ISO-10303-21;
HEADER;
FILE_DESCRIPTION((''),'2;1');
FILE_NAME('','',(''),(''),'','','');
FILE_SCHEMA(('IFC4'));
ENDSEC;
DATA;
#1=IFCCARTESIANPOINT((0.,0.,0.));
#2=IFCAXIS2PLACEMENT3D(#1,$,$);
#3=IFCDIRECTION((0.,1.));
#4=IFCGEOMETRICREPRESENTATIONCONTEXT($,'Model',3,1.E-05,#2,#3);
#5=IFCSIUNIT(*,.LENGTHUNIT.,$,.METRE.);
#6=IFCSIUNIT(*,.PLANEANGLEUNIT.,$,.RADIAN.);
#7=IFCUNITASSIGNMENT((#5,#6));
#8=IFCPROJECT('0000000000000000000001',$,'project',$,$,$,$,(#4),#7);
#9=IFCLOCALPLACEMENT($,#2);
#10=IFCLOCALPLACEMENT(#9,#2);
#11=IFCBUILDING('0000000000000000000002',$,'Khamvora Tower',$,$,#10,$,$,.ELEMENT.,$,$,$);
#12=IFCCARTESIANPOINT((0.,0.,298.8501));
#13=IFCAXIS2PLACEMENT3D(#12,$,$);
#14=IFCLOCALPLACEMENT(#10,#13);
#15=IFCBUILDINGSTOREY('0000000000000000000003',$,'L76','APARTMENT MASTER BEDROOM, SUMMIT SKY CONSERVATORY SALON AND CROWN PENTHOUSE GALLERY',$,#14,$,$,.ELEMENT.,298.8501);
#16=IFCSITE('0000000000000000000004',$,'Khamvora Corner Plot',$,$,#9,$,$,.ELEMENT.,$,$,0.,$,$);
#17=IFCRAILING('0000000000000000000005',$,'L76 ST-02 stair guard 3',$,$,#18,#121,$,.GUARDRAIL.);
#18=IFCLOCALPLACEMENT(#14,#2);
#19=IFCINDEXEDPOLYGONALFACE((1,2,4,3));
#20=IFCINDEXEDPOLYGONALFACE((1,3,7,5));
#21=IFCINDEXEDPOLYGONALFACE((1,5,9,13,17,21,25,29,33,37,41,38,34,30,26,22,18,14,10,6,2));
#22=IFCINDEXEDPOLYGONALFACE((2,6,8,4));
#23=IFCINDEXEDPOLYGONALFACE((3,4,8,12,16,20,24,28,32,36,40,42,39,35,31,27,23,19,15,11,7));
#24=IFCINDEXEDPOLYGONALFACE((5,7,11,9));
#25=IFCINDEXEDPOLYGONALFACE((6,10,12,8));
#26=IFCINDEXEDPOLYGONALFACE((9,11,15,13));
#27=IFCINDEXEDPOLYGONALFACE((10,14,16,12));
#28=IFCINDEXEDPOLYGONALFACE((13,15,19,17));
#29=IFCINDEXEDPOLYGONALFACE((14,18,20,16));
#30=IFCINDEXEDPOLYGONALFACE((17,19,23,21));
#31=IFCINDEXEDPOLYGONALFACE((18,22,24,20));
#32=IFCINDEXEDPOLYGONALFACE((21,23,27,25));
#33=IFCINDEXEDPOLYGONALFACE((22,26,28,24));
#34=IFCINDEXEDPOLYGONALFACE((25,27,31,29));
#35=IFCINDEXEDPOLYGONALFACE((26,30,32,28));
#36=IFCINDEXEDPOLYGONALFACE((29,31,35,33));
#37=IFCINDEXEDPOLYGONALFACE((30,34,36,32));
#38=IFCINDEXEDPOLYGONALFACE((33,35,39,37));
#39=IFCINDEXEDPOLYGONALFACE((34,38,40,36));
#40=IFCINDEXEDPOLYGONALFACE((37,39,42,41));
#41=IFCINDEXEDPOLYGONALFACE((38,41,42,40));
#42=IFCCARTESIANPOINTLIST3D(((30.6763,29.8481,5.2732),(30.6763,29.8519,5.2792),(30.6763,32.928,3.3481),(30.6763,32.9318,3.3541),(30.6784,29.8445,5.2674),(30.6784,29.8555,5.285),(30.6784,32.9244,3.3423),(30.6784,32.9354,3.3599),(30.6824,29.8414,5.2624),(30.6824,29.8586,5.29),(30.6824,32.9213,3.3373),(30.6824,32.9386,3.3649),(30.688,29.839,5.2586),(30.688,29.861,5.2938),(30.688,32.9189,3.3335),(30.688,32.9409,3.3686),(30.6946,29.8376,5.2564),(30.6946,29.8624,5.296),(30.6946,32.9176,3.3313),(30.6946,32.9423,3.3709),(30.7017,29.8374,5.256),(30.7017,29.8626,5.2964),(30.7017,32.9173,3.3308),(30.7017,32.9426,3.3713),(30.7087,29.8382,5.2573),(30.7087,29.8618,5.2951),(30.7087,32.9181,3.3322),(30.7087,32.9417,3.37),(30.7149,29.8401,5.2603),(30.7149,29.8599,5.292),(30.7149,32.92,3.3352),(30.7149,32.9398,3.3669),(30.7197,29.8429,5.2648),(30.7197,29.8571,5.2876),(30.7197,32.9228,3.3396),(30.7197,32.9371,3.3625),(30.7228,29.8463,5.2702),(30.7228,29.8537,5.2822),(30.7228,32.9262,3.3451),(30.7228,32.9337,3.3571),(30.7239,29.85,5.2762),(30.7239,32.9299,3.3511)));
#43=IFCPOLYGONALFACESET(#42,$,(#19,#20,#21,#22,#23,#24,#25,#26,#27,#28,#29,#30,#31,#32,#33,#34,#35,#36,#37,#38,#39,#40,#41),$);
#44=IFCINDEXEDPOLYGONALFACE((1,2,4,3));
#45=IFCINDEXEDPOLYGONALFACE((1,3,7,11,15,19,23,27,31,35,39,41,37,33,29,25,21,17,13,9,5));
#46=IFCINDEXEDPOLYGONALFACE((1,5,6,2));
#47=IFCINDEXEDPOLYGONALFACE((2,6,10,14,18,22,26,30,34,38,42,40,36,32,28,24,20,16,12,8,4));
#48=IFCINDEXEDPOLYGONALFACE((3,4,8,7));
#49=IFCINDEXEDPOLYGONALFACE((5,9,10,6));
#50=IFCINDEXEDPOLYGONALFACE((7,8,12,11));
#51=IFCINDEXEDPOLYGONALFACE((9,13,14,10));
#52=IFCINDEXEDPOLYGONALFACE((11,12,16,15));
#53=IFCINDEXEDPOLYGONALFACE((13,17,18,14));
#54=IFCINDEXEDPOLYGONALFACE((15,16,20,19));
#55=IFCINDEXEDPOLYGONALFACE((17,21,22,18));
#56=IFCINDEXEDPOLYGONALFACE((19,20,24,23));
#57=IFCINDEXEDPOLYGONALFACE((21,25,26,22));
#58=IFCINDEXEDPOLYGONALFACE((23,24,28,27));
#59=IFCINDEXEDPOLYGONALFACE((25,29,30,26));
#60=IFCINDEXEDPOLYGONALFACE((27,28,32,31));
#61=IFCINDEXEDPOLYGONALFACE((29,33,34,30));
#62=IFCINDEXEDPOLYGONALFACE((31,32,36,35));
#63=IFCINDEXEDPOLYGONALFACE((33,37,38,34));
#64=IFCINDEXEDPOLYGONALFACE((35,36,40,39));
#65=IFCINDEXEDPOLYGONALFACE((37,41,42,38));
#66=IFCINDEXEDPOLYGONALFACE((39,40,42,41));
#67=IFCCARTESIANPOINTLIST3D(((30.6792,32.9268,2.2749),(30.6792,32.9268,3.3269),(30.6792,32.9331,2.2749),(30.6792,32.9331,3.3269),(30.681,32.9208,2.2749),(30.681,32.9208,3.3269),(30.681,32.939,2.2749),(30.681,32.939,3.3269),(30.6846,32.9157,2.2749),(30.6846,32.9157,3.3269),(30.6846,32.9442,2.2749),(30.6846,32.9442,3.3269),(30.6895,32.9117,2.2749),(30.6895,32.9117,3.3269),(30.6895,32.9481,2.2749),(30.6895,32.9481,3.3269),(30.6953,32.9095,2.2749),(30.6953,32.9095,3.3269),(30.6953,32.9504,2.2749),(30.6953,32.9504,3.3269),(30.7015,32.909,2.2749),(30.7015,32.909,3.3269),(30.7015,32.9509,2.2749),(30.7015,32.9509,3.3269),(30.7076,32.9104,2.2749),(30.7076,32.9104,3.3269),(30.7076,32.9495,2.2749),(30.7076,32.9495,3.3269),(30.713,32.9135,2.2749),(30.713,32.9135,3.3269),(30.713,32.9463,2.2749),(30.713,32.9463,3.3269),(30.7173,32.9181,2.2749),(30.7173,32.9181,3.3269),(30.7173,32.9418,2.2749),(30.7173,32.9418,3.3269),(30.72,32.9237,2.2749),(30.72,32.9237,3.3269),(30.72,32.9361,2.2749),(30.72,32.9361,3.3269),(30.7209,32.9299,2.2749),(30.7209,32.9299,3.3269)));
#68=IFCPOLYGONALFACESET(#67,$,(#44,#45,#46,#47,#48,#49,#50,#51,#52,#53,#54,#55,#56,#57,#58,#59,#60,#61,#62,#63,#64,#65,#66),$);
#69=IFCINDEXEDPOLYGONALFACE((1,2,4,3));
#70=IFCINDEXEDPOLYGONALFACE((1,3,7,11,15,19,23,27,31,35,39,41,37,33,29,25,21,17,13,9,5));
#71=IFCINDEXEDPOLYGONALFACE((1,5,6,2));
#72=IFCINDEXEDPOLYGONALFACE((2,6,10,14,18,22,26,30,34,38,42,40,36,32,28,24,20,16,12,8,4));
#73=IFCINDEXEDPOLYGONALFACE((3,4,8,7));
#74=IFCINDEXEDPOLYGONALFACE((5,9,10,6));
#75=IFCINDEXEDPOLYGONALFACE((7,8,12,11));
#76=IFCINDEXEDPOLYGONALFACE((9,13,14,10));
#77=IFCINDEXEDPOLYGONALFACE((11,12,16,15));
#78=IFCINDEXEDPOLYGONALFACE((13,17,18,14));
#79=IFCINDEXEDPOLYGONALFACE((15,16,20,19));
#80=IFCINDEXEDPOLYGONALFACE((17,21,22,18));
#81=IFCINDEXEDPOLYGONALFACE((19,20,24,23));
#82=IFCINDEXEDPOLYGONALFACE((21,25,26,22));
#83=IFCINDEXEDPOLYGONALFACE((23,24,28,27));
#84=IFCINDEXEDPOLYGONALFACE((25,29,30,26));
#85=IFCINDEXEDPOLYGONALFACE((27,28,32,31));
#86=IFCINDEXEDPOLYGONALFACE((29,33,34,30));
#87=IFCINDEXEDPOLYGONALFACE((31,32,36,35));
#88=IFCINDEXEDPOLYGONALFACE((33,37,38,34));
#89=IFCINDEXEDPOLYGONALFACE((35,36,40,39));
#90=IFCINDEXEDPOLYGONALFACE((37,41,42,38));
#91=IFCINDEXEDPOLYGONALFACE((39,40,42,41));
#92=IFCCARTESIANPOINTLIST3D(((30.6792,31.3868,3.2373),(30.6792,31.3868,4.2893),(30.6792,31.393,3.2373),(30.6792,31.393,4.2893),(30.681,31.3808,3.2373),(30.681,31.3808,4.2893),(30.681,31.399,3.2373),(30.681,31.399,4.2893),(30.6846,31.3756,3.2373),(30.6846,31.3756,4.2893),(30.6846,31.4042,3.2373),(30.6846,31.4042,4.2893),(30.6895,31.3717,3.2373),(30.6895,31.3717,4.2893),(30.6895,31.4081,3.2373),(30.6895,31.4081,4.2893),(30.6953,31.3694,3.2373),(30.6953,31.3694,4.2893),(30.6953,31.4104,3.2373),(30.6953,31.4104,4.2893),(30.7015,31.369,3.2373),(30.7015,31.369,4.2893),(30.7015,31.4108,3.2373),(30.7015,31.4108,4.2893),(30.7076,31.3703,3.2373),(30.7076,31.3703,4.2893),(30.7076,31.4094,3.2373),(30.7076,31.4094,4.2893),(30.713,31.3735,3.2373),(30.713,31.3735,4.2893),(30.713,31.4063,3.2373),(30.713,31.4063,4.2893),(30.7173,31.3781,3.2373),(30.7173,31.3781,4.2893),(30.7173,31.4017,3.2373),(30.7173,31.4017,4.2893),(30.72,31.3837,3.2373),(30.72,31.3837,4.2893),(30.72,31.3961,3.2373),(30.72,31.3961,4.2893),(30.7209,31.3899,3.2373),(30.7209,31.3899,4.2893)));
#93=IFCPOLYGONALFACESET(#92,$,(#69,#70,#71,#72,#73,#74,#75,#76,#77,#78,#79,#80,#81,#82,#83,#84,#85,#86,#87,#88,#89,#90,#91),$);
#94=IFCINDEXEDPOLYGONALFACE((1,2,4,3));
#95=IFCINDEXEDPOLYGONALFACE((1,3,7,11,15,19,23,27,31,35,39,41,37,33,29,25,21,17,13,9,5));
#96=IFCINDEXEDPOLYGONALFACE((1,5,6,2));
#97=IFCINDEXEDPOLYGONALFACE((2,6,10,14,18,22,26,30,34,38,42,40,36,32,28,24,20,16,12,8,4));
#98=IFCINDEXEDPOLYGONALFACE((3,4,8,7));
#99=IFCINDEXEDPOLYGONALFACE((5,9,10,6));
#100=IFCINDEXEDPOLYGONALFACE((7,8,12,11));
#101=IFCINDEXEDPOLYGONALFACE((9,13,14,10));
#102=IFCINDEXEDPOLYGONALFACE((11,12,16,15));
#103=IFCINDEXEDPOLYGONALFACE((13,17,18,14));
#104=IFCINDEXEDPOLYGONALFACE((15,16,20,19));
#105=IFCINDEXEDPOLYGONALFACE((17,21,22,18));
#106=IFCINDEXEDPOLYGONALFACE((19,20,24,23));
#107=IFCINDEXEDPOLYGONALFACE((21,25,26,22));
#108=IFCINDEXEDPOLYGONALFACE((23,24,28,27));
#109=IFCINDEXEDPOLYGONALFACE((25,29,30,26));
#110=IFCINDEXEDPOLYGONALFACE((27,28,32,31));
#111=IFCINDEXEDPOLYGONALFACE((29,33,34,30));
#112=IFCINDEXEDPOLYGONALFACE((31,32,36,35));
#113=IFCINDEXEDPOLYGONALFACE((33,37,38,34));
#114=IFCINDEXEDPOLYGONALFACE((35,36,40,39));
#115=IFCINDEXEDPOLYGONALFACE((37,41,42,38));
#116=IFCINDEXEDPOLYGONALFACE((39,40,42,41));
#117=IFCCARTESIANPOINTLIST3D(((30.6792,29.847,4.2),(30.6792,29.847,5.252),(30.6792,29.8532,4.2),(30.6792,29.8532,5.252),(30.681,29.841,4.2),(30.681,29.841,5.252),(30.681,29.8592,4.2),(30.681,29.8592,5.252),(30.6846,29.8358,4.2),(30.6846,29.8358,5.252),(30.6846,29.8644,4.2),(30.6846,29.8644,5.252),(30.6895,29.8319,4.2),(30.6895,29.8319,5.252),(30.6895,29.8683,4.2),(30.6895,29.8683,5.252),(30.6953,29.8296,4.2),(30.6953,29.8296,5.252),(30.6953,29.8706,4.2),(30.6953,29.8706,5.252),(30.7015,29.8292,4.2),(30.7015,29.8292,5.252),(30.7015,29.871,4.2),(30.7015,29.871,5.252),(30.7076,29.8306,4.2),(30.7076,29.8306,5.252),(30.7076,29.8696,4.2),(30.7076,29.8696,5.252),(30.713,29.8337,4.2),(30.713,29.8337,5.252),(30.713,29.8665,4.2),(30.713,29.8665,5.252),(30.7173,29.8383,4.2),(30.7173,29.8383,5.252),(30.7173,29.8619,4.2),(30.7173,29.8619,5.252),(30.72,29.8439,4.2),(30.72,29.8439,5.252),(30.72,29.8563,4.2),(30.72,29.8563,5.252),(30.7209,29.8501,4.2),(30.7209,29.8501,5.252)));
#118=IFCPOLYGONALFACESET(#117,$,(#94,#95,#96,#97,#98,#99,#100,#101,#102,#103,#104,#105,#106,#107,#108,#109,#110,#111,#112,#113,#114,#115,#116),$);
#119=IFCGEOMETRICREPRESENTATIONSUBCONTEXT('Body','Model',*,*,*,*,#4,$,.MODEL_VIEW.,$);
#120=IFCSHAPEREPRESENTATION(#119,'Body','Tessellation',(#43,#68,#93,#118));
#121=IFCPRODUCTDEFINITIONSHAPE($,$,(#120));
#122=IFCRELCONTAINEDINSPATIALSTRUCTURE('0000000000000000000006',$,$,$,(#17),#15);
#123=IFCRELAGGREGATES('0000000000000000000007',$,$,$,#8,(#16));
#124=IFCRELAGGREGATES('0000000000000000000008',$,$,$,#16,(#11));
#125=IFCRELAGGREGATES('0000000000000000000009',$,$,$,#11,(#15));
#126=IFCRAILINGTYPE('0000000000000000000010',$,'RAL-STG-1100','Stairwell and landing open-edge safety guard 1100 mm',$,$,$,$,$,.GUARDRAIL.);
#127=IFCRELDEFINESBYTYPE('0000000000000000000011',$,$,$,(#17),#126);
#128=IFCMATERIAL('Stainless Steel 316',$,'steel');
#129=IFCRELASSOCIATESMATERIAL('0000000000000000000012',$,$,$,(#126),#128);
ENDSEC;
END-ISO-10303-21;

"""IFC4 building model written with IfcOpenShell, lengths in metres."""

from ifc_helpers import new_model, si_unit, direction, frame, origin, origin_2d, place, context, subcontext, project, spatial, circle, extrude, material, type_object, element, save


model = new_model("IFC4")

# Units and contexts
model_context = context("Model", 3, precision=1e-05, world=origin(), true_north=direction((0.0, 1.0)))
body_context = subcontext(model_context, "Body", "Model", "MODEL_VIEW")
ifc_project = project(units=[si_unit("LENGTHUNIT", "METRE"), si_unit("PLANEANGLEUNIT", "RADIAN")], contexts=[model_context])

# Site, building, storey
site_placement = place(None, origin())
site = spatial("IfcSite", under=ifc_project, at=site_placement, Name="Khamvora Corner Plot", CompositionType="ELEMENT", RefElevation=0.0)
building_placement = place(site_placement, origin())
building = spatial("IfcBuilding", under=site, at=building_placement, Name="Khamvora Tower", CompositionType="ELEMENT")
storey_placement = place(building_placement, frame((0.0, 0.0, 298.8501)))
storey = spatial("IfcBuildingStorey", under=building, at=storey_placement, Name="L76", Description="APARTMENT MASTER BEDROOM, SUMMIT SKY CONSERVATORY SALON AND CROWN PENTHOUSE GALLERY", CompositionType="ELEMENT", Elevation=298.8501)

# Railing
ifc_material_1 = material(Name="Stainless Steel 316", Category="steel")
railing_type = type_object("IfcRailingType", Name="RAL-STG-1100", Description="Stairwell and landing open-edge safety guard 1100 mm", PredefinedType="GUARDRAIL", material=ifc_material_1)
railing_1_placement = place(storey_placement, frame((30.7, 32.9299, 2.2749)))
element("IfcRailing", 1, at=railing_1_placement, inside=storey, type_object=railing_type, Name="L76 ST-02 stair guard 3", PredefinedType="GUARDRAIL", context=body_context, shape_type="SweptSolid", body=[
    extrude(circle(Radius=0.0239, at=origin_2d()), frame((0.0, 0.0, 1.0762), z_axis=(0.0, -0.847979, 0.530029), x_axis=(1.0, 0.0, 0.0)), (0.0, 0.0, 1.0), 3.6321),
    extrude(circle(Radius=0.021, at=origin_2d()), origin(), (0.0, 0.0, 1.0), 1.052),
    extrude(circle(Radius=0.021, at=origin_2d()), frame((0.0, -1.54, 0.9624)), (0.0, 0.0, 1.0), 1.052),
    extrude(circle(Radius=0.021, at=origin_2d()), frame((0.0, -3.0798, 1.925)), (0.0, 0.0, 1.0), 1.052),
])

save(model, "model.ifc")
